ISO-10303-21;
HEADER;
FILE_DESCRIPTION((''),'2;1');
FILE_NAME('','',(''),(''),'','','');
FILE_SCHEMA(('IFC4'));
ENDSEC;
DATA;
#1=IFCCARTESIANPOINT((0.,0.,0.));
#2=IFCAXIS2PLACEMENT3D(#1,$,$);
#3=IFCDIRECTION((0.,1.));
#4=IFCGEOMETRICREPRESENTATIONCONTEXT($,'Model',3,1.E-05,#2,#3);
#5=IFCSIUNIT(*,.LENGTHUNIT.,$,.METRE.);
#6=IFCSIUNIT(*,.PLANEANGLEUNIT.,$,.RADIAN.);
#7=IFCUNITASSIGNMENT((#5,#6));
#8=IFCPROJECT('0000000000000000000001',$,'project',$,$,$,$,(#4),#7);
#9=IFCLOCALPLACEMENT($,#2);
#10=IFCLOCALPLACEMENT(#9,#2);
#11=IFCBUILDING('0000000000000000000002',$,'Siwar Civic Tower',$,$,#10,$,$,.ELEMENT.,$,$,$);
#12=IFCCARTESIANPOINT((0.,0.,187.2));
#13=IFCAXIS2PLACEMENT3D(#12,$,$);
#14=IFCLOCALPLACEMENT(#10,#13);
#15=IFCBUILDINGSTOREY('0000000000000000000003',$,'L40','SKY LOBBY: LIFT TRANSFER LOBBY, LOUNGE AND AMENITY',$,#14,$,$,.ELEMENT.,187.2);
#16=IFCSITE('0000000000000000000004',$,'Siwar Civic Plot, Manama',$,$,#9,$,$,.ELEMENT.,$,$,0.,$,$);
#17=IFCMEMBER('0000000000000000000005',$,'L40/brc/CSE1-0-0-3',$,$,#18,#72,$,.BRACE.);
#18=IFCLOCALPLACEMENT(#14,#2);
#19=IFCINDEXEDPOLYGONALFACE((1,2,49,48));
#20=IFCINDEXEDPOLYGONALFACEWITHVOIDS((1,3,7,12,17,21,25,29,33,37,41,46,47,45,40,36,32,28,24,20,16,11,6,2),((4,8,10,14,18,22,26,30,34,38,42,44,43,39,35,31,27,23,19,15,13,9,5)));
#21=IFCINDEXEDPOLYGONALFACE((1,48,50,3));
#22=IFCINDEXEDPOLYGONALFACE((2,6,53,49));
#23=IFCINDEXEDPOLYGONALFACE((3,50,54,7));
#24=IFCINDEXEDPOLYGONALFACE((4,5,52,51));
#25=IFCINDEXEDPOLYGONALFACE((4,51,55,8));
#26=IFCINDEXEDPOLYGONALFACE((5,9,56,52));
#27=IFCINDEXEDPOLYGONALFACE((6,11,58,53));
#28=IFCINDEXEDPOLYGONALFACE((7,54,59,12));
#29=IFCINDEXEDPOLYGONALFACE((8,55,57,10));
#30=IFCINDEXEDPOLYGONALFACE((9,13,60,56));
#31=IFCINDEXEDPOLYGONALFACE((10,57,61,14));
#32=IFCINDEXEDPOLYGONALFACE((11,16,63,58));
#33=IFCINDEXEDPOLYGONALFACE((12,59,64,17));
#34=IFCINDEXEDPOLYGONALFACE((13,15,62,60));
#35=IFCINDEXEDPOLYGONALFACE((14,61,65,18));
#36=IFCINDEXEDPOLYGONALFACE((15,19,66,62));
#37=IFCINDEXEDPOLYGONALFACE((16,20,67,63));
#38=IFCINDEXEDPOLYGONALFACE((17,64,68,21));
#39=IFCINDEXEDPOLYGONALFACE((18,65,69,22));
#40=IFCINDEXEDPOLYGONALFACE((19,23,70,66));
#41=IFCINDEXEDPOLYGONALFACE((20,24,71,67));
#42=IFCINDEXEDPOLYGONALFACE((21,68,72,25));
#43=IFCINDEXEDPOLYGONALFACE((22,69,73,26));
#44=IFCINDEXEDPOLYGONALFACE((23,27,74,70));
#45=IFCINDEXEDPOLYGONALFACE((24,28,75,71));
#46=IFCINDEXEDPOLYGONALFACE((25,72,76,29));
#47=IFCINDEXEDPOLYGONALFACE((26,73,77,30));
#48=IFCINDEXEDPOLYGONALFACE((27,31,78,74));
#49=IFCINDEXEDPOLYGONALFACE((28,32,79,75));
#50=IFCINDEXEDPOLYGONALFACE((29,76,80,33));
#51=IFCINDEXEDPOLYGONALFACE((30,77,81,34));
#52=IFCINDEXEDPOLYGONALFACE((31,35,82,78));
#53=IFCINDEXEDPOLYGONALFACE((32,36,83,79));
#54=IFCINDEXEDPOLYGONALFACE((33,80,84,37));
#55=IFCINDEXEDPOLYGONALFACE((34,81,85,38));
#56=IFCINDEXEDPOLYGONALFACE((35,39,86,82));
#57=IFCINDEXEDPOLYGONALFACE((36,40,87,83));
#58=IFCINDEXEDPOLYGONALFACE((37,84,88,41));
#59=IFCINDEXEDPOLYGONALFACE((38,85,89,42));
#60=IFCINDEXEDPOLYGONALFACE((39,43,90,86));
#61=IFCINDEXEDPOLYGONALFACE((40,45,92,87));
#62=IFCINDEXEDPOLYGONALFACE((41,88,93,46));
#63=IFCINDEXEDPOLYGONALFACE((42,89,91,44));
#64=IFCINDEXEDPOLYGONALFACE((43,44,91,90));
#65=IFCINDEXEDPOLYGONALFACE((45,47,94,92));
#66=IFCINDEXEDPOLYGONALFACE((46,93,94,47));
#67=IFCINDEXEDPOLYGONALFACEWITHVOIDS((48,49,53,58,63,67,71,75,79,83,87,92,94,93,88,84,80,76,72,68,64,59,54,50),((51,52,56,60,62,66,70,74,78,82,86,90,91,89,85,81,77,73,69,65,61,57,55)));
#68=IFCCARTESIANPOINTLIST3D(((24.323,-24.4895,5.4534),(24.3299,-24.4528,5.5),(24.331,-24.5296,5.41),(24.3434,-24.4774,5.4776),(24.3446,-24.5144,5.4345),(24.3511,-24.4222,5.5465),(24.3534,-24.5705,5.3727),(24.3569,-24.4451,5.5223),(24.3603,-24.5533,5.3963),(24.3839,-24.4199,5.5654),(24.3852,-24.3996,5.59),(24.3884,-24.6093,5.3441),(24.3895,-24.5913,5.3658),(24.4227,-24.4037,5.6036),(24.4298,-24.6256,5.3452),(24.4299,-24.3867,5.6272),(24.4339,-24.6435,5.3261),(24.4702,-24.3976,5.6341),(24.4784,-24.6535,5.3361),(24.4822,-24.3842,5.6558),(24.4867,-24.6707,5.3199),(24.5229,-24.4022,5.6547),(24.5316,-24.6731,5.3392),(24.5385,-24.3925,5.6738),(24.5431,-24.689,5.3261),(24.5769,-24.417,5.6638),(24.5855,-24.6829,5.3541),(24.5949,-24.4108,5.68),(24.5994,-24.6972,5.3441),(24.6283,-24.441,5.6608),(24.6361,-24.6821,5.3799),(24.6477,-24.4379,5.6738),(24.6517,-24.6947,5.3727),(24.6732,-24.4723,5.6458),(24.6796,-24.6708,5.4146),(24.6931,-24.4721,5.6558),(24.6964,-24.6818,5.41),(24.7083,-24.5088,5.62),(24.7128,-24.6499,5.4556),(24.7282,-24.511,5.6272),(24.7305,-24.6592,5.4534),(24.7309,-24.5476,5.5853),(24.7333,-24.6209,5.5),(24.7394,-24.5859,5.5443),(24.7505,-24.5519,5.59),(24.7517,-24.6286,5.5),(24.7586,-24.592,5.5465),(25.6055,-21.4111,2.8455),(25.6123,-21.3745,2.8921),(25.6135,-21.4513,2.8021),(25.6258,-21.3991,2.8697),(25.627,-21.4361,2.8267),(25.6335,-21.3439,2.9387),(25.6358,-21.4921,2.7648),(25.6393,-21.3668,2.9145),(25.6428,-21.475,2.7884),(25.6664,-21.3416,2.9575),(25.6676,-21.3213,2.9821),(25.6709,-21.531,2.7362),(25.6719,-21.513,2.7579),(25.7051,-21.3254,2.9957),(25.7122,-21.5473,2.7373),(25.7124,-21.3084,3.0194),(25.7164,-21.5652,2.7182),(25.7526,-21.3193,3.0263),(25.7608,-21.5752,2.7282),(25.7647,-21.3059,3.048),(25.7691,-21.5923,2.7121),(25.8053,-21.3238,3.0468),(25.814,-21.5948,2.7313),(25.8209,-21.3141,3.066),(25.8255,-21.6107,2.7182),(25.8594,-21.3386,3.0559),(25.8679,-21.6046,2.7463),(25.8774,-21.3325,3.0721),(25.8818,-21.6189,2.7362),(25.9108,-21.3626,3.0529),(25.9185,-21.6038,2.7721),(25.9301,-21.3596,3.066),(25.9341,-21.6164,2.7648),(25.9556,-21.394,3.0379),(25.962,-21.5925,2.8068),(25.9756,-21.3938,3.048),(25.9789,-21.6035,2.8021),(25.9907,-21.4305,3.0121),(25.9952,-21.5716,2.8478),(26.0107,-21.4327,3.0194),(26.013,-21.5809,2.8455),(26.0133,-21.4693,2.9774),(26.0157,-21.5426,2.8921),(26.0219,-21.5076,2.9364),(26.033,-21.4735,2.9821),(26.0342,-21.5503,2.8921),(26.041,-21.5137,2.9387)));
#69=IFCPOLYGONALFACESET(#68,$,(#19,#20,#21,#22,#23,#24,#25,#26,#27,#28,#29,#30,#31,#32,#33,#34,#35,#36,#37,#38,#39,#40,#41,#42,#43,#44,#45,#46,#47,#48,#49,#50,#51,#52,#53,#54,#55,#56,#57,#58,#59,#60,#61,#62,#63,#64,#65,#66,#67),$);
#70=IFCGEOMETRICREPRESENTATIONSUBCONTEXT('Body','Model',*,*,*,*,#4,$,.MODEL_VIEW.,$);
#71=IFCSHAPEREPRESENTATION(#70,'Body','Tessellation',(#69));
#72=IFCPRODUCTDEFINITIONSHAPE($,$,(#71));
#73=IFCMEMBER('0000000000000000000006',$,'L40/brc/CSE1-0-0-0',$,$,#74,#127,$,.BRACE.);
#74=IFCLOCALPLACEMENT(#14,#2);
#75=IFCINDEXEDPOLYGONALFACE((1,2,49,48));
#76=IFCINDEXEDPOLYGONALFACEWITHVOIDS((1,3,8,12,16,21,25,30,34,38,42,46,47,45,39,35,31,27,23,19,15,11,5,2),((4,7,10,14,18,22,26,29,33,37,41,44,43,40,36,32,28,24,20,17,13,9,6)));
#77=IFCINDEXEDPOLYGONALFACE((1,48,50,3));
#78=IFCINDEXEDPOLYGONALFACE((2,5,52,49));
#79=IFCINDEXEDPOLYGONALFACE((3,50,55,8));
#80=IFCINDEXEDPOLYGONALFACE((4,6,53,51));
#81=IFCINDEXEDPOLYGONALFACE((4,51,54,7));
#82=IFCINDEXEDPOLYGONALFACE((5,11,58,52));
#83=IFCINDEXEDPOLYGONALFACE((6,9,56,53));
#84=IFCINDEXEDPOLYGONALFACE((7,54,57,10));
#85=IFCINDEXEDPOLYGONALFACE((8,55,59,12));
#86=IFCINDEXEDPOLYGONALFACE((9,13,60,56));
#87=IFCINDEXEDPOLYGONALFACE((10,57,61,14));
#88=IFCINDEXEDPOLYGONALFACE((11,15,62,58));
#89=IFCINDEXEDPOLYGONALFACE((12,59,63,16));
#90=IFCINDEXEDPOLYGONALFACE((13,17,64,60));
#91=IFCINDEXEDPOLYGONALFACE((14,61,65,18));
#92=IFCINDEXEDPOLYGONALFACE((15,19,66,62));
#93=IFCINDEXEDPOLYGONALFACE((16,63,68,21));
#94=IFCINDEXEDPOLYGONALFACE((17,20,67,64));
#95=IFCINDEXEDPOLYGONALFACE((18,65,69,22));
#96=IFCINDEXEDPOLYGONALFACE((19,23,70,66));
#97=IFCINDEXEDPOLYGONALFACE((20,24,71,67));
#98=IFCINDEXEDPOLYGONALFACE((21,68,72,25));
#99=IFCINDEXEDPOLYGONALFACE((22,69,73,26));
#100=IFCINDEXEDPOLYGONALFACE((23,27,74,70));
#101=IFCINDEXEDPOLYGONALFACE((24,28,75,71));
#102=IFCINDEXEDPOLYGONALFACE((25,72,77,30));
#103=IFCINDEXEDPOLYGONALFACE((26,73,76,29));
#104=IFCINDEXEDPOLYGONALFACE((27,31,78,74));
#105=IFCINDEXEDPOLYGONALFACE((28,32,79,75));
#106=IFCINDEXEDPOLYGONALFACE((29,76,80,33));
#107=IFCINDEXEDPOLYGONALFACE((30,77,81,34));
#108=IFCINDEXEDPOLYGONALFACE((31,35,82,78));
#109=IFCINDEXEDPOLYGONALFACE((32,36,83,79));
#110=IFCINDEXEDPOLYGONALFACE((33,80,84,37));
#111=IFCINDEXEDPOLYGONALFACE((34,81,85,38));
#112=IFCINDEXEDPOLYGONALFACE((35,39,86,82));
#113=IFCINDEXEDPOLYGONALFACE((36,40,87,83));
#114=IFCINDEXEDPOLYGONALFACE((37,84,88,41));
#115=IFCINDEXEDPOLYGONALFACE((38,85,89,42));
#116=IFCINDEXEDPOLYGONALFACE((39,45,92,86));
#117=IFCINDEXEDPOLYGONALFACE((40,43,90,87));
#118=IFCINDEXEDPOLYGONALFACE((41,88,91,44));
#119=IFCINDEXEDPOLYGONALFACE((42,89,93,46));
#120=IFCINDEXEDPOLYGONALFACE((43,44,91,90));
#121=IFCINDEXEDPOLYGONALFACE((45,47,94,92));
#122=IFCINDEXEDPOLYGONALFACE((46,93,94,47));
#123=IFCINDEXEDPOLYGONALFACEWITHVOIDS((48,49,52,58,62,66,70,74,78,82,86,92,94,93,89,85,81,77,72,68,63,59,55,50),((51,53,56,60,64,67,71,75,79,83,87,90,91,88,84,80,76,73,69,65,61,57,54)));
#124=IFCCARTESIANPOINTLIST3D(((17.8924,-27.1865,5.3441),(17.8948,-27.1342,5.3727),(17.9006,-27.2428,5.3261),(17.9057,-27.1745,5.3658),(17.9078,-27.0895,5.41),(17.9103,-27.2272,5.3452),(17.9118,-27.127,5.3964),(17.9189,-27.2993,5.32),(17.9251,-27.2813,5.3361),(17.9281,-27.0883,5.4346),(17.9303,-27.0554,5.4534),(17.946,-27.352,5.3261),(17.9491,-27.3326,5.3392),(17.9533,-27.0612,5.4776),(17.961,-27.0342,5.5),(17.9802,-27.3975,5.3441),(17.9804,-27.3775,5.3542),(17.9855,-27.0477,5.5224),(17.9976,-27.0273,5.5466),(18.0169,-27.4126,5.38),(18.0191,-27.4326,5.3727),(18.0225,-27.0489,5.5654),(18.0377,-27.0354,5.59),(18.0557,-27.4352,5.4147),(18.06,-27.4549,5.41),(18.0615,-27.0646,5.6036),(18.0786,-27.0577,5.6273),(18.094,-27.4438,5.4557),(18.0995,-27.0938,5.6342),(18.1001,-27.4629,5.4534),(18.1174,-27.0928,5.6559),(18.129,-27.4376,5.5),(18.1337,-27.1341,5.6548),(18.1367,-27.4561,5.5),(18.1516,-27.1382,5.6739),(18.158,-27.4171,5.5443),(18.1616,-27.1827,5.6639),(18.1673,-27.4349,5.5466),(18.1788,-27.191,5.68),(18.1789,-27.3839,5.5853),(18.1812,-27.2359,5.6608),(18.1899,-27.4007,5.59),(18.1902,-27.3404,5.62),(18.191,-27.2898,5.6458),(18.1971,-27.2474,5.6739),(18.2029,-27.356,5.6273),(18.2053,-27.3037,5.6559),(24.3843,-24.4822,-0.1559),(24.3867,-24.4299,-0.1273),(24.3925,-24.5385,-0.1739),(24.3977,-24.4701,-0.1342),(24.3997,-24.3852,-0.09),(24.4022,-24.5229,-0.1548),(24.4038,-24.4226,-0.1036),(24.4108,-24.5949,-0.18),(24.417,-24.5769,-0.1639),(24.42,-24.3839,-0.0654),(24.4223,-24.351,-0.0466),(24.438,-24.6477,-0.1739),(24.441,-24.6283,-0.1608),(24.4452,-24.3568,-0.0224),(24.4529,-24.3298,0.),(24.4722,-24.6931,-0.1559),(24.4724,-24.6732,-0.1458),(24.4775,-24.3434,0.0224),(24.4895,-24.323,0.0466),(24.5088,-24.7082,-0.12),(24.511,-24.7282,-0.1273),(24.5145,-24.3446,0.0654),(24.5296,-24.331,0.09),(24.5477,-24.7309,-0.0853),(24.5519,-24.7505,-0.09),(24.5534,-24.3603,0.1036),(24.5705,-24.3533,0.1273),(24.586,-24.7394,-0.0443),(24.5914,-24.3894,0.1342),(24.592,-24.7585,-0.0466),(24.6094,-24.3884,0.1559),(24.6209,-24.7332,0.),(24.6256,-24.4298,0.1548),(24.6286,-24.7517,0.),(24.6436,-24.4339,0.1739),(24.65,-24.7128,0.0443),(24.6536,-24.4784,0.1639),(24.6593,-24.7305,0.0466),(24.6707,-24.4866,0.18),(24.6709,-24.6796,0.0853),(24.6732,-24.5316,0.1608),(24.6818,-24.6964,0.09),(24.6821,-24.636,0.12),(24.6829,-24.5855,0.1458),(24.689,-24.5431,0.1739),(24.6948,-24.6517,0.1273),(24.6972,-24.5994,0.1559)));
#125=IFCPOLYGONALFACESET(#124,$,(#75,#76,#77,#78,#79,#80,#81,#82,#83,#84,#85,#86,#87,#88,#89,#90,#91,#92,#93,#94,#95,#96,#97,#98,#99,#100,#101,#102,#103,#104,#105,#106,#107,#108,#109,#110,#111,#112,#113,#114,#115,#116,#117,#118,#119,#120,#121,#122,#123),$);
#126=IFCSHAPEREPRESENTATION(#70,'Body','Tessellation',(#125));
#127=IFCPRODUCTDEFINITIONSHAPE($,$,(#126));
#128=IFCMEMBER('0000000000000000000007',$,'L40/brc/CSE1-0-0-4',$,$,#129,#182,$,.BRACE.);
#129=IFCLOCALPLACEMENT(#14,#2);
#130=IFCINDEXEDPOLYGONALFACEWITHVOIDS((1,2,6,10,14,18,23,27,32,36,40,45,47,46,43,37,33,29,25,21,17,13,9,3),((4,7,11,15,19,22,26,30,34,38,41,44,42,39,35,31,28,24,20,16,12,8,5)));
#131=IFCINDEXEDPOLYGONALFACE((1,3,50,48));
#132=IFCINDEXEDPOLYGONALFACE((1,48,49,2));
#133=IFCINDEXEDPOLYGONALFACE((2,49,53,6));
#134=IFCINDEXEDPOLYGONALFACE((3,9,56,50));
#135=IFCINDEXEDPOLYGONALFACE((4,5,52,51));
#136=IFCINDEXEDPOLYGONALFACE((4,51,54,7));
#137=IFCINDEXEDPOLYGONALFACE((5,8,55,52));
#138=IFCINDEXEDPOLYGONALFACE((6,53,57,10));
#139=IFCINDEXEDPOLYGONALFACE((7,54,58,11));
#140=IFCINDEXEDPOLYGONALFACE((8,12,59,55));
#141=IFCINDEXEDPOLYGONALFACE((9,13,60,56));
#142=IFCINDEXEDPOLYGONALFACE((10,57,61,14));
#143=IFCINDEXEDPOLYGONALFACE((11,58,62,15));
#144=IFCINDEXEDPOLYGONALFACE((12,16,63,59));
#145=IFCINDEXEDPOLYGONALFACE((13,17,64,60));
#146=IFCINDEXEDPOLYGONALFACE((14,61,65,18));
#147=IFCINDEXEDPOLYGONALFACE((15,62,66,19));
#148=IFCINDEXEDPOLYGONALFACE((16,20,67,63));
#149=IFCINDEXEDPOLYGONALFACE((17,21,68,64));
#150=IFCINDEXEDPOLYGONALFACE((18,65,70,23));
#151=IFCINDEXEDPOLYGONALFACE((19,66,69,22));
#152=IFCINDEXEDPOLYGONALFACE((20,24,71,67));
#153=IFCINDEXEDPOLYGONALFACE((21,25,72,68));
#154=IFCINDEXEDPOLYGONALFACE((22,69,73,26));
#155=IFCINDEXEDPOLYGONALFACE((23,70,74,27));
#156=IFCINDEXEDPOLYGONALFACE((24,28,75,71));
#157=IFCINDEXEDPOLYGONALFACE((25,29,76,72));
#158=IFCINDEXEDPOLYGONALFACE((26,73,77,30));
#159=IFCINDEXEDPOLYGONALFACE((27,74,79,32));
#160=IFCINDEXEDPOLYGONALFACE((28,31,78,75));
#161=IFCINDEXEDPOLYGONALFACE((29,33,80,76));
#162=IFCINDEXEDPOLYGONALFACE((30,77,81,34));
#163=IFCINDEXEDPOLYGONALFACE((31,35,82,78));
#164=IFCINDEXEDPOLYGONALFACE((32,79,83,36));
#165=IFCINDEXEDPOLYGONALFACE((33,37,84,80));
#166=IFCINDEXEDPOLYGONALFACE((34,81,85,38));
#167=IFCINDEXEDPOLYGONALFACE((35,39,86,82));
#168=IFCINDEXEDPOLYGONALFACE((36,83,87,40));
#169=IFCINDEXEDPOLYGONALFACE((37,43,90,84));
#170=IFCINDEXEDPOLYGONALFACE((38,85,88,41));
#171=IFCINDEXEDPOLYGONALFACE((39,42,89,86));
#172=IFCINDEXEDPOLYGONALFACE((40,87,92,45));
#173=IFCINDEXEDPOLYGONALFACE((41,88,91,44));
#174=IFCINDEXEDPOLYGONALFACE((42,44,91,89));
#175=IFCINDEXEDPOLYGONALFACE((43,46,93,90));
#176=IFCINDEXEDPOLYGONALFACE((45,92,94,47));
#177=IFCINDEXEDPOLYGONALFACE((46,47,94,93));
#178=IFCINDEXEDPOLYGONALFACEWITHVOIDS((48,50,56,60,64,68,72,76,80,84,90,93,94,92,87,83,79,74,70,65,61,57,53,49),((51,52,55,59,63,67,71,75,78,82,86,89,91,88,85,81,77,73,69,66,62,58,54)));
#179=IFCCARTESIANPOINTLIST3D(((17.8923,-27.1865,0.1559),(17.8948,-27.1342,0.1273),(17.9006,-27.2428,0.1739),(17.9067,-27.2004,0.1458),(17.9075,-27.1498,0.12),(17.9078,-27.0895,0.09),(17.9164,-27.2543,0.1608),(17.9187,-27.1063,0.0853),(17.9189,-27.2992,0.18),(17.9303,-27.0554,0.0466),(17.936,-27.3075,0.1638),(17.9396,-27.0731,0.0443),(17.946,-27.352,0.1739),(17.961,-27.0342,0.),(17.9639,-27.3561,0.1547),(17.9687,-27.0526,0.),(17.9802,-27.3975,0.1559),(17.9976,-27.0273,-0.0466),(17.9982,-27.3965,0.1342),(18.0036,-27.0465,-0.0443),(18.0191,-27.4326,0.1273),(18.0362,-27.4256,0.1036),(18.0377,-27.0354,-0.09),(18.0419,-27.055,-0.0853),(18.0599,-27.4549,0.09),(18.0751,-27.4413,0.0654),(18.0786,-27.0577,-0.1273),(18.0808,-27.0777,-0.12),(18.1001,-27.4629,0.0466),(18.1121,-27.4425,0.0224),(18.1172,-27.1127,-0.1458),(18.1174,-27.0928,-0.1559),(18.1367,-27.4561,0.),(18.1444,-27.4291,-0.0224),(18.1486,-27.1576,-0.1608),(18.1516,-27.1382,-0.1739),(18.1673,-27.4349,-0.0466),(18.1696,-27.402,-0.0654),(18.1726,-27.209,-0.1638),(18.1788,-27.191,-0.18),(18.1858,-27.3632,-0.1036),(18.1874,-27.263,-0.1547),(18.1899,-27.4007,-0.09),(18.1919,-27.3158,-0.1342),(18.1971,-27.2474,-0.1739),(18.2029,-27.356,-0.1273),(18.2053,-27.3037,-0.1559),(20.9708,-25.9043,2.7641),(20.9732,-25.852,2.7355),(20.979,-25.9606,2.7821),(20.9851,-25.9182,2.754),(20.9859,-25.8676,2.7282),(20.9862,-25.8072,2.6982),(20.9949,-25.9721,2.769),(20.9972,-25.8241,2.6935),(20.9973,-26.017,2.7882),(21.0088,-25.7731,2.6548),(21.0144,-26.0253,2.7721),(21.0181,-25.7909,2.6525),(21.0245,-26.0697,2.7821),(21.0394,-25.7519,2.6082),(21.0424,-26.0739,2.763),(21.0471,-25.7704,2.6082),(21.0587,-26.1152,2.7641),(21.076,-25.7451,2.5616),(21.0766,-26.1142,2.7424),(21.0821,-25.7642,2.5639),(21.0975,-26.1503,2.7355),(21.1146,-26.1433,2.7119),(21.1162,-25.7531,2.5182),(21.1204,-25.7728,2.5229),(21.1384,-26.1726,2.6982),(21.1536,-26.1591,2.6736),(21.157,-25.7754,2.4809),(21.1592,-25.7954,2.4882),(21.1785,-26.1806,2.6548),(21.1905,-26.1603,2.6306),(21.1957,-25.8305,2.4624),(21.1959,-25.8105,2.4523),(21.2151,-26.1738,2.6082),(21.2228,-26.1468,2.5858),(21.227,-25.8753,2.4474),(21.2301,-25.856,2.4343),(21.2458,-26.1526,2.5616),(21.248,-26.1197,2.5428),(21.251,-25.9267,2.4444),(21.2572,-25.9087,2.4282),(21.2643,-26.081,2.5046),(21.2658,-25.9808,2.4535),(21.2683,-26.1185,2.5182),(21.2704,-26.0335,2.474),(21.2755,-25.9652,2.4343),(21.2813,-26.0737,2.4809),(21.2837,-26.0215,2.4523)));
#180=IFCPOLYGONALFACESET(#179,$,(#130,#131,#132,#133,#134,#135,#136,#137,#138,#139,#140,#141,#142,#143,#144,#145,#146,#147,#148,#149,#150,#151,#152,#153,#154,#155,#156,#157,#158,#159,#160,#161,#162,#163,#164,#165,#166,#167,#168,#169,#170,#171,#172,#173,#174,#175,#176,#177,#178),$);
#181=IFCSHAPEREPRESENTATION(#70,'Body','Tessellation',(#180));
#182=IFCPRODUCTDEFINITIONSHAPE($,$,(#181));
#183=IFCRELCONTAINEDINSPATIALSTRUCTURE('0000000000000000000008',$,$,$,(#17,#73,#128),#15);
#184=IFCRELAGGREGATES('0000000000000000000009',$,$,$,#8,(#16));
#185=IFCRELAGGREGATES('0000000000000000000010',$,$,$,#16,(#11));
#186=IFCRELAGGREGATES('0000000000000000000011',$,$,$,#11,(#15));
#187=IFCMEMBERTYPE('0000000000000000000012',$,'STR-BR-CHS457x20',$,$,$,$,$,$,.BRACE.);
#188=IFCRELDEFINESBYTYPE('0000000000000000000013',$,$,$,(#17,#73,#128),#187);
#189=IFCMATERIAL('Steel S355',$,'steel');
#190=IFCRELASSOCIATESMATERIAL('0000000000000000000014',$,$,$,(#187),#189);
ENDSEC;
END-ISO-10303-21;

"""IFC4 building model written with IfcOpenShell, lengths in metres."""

from ifc_helpers import new_model, si_unit, direction, frame, origin, origin_2d, place, context, subcontext, project, spatial, hollow_circle, extrude, material, material_profile, profile_set, type_object, element, save


model = new_model("IFC4")

# Units and contexts
model_context = context("Model", 3, precision=1e-05, world=origin(), true_north=direction((0.0, 1.0)))
body_context = subcontext(model_context, "Body", "Model", "MODEL_VIEW")
ifc_project = project(units=[si_unit("LENGTHUNIT", "METRE"), si_unit("PLANEANGLEUNIT", "RADIAN")], contexts=[model_context])

# Site, building, storey
site_placement = place(None, origin())
site = spatial("IfcSite", under=ifc_project, at=site_placement, Name="Siwar Civic Plot, Manama", CompositionType="ELEMENT", RefElevation=0.0)
building_placement = place(site_placement, origin())
building = spatial("IfcBuilding", under=site, at=building_placement, Name="Siwar Civic Tower", CompositionType="ELEMENT")
storey_placement = place(building_placement, frame((0.0, 0.0, 187.2)))
storey = spatial("IfcBuildingStorey", under=building, at=storey_placement, Name="L40", Description="SKY LOBBY: LIFT TRANSFER LOBBY, LOUNGE AND AMENITY", CompositionType="ELEMENT", Elevation=187.2)

# Members
ifc_material_1 = material(Name="Steel S355", Category="steel")
ifc_material_profile_1 = material_profile(ifc_material_1, hollow_circle(Radius=0.2285, WallThickness=0.02, at=origin_2d()), Name="CHS457x20")
ifc_profile_set_1 = profile_set([ifc_material_profile_1], Name="Steel S355")
member_type_1 = type_object("IfcMemberType", Name="STR-BR-CHS457x20", PredefinedType="BRACE", material=ifc_profile_set_1)
member_1_placement = place(storey_placement, frame((25.8232, -21.4624, 2.8921), z_axis=(-0.302936, -0.72715, 0.616022), x_axis=(0.923096, -0.384569, 0.0)))
element("IfcMember", 1, at=member_1_placement, inside=storey, type_object=member_type_1, Name="L40/brc/CSE1-0-0-3", PredefinedType="BRACE", context=body_context, shape_type="SweptSolid", body=[
    extrude(hollow_circle(Radius=0.2285, WallThickness=0.02, at=origin_2d()), origin(), (0.0, 0.0, 1.0), 4.2334),
])
member_2_placement = place(storey_placement, frame((24.5408, -24.5408, 0.0), z_axis=(-0.727146, -0.302907, 0.616041), x_axis=(0.384539, -0.923109, 0.0)))
element("IfcMember", 2, at=member_2_placement, inside=storey, type_object=member_type_1, Name="L40/brc/CSE1-0-0-0", PredefinedType="BRACE", context=body_context, shape_type="SweptSolid", body=[
    extrude(hollow_circle(Radius=0.2285, WallThickness=0.02, at=origin_2d()), origin(), (0.0, 0.0, 1.0), 8.928),
])
member_3_placement = place(storey_placement, frame((18.0488, -27.2451, 0.0), z_axis=(0.727137, 0.302873, 0.616068), x_axis=(-0.384506, 0.923122, 0.0)))
element("IfcMember", 3, at=member_3_placement, inside=storey, type_object=member_type_1, Name="L40/brc/CSE1-0-0-4", PredefinedType="BRACE", context=body_context, shape_type="SweptSolid", body=[
    extrude(hollow_circle(Radius=0.2285, WallThickness=0.02, at=origin_2d()), origin(), (0.0, 0.0, 1.0), 4.2336),
])

save(model, "model.ifc")
